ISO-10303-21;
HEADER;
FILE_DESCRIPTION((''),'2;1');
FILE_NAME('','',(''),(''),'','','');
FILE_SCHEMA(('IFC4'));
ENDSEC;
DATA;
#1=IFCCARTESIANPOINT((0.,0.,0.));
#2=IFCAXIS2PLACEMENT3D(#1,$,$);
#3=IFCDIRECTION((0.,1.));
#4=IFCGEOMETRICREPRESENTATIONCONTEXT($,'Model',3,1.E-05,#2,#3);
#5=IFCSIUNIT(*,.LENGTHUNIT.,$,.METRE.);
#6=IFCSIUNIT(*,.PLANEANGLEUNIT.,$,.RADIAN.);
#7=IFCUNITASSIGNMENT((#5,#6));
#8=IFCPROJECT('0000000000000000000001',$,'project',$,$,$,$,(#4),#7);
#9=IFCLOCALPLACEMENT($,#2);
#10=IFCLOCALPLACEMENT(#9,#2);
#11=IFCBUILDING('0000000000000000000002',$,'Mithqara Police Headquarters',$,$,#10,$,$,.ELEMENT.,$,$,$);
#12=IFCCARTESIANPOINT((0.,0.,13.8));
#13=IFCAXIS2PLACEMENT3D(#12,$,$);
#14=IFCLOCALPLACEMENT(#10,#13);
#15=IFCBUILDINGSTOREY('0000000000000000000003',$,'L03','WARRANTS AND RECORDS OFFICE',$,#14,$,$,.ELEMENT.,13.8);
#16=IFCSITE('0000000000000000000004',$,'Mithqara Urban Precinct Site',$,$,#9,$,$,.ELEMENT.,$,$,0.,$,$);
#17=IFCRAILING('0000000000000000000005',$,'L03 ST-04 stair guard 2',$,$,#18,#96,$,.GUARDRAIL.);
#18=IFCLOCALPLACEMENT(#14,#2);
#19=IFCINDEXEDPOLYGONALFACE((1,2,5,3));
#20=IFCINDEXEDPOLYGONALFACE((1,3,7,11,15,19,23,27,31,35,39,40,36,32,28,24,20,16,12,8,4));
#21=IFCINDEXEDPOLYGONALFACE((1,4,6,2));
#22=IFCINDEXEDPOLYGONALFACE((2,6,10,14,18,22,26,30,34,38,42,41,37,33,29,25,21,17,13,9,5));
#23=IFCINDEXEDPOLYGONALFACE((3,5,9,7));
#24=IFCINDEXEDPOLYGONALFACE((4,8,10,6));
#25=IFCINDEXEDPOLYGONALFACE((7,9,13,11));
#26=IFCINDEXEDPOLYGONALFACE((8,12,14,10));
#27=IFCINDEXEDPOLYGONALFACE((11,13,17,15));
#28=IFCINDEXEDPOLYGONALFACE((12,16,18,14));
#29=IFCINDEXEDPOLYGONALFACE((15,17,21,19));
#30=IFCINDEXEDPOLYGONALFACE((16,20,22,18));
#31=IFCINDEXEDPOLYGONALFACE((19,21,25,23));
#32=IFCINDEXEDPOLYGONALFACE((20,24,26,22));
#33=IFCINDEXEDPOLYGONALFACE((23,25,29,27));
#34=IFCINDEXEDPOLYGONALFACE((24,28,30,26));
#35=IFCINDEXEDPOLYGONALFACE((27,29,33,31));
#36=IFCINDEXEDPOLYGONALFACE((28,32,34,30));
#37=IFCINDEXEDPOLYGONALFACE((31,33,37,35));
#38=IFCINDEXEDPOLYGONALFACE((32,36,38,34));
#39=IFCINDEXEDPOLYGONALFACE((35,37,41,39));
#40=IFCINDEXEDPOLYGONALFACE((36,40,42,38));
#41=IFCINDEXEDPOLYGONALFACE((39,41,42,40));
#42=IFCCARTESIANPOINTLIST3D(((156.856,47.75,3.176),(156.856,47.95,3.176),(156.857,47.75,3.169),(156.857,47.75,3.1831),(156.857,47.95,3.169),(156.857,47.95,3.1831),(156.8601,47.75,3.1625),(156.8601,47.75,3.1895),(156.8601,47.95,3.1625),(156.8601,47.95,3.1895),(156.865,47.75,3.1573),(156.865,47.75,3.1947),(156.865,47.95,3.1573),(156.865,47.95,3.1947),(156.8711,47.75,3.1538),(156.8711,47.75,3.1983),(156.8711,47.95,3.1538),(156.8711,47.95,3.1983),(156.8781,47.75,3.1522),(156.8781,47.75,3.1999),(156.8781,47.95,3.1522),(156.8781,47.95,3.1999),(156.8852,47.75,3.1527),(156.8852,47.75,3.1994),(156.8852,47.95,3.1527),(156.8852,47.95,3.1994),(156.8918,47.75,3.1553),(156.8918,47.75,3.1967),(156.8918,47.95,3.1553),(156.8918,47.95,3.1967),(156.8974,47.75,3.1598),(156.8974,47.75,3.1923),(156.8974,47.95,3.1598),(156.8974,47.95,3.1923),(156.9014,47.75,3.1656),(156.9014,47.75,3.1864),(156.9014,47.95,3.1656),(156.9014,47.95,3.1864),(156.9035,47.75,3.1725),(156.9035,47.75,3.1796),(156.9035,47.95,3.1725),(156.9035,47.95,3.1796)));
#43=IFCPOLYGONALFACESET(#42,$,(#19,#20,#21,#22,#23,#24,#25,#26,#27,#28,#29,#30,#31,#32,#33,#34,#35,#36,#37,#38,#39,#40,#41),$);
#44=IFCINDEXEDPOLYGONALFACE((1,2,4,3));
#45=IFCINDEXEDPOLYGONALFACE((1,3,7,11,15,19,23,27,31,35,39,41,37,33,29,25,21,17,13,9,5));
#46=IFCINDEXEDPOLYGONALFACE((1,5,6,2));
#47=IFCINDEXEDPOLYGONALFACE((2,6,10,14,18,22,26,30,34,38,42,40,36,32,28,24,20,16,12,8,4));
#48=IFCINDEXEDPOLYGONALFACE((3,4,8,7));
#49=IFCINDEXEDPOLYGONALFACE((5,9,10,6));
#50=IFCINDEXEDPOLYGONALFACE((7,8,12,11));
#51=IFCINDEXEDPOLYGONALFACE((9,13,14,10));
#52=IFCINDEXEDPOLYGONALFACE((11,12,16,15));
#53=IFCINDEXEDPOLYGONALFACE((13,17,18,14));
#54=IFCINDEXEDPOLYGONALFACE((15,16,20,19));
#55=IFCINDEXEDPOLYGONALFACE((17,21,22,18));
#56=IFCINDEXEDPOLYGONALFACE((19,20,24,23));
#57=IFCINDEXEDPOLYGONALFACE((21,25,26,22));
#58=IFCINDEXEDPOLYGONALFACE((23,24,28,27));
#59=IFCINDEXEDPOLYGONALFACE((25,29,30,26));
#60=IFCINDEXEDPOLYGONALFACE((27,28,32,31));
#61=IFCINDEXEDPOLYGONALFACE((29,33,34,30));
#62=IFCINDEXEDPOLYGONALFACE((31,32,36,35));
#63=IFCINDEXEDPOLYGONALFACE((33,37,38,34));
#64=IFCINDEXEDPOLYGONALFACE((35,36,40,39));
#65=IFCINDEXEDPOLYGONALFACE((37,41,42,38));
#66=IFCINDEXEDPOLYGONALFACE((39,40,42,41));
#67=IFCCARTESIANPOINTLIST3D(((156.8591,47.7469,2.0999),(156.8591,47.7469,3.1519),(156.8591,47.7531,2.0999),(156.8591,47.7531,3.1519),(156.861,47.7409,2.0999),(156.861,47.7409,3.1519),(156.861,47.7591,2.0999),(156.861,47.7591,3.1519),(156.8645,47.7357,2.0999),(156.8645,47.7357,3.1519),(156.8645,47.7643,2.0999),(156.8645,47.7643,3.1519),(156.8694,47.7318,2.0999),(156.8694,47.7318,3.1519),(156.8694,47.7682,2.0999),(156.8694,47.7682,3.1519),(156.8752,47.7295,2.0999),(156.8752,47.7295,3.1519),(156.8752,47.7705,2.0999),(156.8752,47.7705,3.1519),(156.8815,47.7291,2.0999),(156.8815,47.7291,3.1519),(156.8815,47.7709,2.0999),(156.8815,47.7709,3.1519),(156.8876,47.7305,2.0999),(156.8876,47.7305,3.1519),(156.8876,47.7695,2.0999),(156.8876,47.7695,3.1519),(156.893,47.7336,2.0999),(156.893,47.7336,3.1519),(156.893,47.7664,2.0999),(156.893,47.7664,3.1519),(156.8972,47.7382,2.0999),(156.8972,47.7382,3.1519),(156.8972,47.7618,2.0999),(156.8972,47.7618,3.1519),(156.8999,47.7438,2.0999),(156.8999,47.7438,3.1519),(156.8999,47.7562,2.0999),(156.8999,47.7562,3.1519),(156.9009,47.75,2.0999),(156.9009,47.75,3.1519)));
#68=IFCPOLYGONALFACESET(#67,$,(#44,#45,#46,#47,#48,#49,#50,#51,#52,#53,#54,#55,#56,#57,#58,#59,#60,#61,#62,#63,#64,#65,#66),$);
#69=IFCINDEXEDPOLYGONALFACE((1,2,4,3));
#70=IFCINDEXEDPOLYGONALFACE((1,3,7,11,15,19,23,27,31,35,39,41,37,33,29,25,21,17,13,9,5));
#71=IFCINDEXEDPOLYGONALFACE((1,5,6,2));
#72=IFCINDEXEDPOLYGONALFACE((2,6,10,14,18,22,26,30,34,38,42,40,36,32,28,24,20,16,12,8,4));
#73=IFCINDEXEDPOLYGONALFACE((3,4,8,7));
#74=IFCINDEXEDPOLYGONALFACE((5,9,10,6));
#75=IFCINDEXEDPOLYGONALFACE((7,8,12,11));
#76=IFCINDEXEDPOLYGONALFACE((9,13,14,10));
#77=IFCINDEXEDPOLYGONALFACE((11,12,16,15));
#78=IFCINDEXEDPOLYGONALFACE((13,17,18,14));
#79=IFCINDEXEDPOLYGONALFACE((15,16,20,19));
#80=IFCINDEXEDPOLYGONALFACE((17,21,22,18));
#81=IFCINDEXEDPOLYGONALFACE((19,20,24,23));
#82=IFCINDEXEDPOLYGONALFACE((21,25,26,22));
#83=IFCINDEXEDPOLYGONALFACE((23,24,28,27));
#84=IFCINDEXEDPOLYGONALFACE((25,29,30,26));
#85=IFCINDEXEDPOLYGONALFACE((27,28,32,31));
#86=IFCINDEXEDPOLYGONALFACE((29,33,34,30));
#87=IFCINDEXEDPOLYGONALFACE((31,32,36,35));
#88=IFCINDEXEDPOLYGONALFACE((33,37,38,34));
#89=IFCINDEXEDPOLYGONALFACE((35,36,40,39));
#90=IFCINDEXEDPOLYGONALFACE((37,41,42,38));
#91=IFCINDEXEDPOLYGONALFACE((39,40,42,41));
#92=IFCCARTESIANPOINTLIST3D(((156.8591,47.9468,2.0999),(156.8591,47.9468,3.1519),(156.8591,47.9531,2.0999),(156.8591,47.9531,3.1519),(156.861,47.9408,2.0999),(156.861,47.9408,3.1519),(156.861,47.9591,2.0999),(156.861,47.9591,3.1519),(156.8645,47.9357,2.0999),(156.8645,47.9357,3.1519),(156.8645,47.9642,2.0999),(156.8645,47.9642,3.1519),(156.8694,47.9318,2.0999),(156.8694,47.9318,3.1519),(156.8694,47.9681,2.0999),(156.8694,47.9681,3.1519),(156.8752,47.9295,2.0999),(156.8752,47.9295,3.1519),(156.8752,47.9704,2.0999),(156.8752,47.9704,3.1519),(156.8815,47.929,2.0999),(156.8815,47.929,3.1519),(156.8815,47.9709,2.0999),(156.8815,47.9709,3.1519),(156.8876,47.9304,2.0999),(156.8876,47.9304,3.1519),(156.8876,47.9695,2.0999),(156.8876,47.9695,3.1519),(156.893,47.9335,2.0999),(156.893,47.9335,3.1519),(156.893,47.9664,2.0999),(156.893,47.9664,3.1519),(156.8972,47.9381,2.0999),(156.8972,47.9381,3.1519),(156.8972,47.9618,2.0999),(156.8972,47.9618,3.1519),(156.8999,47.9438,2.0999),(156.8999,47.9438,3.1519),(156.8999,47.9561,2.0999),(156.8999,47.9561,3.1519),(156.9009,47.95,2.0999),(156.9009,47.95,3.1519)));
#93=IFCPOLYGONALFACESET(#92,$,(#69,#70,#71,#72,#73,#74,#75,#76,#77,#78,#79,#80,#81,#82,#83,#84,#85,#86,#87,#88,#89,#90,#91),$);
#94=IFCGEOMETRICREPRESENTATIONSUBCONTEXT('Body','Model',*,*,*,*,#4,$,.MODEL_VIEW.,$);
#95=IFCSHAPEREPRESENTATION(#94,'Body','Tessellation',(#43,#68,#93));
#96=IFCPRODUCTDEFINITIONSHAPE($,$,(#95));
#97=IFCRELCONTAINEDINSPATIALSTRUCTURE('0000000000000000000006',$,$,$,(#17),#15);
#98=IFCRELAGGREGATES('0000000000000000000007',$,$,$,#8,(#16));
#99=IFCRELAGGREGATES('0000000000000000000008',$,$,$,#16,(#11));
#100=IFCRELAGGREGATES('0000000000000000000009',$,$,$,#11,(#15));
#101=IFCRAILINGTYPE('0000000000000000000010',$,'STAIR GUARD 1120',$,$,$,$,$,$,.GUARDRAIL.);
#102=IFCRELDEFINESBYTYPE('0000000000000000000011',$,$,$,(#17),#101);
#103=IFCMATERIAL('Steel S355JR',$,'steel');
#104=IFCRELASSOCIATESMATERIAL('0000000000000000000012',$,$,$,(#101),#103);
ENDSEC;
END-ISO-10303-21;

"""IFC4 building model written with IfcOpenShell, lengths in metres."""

from ifc_helpers import new_model, si_unit, direction, frame, origin, origin_2d, place, context, subcontext, project, spatial, circle, extrude, material, type_object, element, save


model = new_model("IFC4")

# Units and contexts
model_context = context("Model", 3, precision=1e-05, world=origin(), true_north=direction((0.0, 1.0)))
body_context = subcontext(model_context, "Body", "Model", "MODEL_VIEW")
ifc_project = project(units=[si_unit("LENGTHUNIT", "METRE"), si_unit("PLANEANGLEUNIT", "RADIAN")], contexts=[model_context])

# Site, building, storey
site_placement = place(None, origin())
site = spatial("IfcSite", under=ifc_project, at=site_placement, Name="Mithqara Urban Precinct Site", CompositionType="ELEMENT", RefElevation=0.0)
building_placement = place(site_placement, origin())
building = spatial("IfcBuilding", under=site, at=building_placement, Name="Mithqara Police Headquarters", CompositionType="ELEMENT")
storey_placement = place(building_placement, frame((0.0, 0.0, 13.8)))
storey = spatial("IfcBuildingStorey", under=building, at=storey_placement, Name="L03", Description="WARRANTS AND RECORDS OFFICE", CompositionType="ELEMENT", Elevation=13.8)

# Shared definitions
ifc_material_1 = material(Name="Steel S355JR", Category="steel")

# Railing
railing_type_1 = type_object("IfcRailingType", Name="STAIR GUARD 1120", PredefinedType="GUARDRAIL", material=ifc_material_1)
railing_1_placement = place(storey_placement, frame((156.8799, 47.75, 2.0999)))
element("IfcRailing", 1, at=railing_1_placement, inside=storey, type_object=railing_type_1, Name="L03 ST-04 stair guard 2", PredefinedType="GUARDRAIL", context=body_context, shape_type="SweptSolid", body=[
    extrude(circle(Radius=0.0239, at=origin_2d()), frame((0.0, 0.0, 1.0762), z_axis=(0.0, 1.0, 0.0), x_axis=(-1.0, 0.0, 0.0)), (0.0, 0.0, 1.0), 0.2),
    extrude(circle(Radius=0.021, at=origin_2d()), origin(), (0.0, 0.0, 1.0), 1.052),
    extrude(circle(Radius=0.021, at=origin_2d()), frame((0.0, 0.2, 0.0)), (0.0, 0.0, 1.0), 1.052),
])

save(model, "model.ifc")
